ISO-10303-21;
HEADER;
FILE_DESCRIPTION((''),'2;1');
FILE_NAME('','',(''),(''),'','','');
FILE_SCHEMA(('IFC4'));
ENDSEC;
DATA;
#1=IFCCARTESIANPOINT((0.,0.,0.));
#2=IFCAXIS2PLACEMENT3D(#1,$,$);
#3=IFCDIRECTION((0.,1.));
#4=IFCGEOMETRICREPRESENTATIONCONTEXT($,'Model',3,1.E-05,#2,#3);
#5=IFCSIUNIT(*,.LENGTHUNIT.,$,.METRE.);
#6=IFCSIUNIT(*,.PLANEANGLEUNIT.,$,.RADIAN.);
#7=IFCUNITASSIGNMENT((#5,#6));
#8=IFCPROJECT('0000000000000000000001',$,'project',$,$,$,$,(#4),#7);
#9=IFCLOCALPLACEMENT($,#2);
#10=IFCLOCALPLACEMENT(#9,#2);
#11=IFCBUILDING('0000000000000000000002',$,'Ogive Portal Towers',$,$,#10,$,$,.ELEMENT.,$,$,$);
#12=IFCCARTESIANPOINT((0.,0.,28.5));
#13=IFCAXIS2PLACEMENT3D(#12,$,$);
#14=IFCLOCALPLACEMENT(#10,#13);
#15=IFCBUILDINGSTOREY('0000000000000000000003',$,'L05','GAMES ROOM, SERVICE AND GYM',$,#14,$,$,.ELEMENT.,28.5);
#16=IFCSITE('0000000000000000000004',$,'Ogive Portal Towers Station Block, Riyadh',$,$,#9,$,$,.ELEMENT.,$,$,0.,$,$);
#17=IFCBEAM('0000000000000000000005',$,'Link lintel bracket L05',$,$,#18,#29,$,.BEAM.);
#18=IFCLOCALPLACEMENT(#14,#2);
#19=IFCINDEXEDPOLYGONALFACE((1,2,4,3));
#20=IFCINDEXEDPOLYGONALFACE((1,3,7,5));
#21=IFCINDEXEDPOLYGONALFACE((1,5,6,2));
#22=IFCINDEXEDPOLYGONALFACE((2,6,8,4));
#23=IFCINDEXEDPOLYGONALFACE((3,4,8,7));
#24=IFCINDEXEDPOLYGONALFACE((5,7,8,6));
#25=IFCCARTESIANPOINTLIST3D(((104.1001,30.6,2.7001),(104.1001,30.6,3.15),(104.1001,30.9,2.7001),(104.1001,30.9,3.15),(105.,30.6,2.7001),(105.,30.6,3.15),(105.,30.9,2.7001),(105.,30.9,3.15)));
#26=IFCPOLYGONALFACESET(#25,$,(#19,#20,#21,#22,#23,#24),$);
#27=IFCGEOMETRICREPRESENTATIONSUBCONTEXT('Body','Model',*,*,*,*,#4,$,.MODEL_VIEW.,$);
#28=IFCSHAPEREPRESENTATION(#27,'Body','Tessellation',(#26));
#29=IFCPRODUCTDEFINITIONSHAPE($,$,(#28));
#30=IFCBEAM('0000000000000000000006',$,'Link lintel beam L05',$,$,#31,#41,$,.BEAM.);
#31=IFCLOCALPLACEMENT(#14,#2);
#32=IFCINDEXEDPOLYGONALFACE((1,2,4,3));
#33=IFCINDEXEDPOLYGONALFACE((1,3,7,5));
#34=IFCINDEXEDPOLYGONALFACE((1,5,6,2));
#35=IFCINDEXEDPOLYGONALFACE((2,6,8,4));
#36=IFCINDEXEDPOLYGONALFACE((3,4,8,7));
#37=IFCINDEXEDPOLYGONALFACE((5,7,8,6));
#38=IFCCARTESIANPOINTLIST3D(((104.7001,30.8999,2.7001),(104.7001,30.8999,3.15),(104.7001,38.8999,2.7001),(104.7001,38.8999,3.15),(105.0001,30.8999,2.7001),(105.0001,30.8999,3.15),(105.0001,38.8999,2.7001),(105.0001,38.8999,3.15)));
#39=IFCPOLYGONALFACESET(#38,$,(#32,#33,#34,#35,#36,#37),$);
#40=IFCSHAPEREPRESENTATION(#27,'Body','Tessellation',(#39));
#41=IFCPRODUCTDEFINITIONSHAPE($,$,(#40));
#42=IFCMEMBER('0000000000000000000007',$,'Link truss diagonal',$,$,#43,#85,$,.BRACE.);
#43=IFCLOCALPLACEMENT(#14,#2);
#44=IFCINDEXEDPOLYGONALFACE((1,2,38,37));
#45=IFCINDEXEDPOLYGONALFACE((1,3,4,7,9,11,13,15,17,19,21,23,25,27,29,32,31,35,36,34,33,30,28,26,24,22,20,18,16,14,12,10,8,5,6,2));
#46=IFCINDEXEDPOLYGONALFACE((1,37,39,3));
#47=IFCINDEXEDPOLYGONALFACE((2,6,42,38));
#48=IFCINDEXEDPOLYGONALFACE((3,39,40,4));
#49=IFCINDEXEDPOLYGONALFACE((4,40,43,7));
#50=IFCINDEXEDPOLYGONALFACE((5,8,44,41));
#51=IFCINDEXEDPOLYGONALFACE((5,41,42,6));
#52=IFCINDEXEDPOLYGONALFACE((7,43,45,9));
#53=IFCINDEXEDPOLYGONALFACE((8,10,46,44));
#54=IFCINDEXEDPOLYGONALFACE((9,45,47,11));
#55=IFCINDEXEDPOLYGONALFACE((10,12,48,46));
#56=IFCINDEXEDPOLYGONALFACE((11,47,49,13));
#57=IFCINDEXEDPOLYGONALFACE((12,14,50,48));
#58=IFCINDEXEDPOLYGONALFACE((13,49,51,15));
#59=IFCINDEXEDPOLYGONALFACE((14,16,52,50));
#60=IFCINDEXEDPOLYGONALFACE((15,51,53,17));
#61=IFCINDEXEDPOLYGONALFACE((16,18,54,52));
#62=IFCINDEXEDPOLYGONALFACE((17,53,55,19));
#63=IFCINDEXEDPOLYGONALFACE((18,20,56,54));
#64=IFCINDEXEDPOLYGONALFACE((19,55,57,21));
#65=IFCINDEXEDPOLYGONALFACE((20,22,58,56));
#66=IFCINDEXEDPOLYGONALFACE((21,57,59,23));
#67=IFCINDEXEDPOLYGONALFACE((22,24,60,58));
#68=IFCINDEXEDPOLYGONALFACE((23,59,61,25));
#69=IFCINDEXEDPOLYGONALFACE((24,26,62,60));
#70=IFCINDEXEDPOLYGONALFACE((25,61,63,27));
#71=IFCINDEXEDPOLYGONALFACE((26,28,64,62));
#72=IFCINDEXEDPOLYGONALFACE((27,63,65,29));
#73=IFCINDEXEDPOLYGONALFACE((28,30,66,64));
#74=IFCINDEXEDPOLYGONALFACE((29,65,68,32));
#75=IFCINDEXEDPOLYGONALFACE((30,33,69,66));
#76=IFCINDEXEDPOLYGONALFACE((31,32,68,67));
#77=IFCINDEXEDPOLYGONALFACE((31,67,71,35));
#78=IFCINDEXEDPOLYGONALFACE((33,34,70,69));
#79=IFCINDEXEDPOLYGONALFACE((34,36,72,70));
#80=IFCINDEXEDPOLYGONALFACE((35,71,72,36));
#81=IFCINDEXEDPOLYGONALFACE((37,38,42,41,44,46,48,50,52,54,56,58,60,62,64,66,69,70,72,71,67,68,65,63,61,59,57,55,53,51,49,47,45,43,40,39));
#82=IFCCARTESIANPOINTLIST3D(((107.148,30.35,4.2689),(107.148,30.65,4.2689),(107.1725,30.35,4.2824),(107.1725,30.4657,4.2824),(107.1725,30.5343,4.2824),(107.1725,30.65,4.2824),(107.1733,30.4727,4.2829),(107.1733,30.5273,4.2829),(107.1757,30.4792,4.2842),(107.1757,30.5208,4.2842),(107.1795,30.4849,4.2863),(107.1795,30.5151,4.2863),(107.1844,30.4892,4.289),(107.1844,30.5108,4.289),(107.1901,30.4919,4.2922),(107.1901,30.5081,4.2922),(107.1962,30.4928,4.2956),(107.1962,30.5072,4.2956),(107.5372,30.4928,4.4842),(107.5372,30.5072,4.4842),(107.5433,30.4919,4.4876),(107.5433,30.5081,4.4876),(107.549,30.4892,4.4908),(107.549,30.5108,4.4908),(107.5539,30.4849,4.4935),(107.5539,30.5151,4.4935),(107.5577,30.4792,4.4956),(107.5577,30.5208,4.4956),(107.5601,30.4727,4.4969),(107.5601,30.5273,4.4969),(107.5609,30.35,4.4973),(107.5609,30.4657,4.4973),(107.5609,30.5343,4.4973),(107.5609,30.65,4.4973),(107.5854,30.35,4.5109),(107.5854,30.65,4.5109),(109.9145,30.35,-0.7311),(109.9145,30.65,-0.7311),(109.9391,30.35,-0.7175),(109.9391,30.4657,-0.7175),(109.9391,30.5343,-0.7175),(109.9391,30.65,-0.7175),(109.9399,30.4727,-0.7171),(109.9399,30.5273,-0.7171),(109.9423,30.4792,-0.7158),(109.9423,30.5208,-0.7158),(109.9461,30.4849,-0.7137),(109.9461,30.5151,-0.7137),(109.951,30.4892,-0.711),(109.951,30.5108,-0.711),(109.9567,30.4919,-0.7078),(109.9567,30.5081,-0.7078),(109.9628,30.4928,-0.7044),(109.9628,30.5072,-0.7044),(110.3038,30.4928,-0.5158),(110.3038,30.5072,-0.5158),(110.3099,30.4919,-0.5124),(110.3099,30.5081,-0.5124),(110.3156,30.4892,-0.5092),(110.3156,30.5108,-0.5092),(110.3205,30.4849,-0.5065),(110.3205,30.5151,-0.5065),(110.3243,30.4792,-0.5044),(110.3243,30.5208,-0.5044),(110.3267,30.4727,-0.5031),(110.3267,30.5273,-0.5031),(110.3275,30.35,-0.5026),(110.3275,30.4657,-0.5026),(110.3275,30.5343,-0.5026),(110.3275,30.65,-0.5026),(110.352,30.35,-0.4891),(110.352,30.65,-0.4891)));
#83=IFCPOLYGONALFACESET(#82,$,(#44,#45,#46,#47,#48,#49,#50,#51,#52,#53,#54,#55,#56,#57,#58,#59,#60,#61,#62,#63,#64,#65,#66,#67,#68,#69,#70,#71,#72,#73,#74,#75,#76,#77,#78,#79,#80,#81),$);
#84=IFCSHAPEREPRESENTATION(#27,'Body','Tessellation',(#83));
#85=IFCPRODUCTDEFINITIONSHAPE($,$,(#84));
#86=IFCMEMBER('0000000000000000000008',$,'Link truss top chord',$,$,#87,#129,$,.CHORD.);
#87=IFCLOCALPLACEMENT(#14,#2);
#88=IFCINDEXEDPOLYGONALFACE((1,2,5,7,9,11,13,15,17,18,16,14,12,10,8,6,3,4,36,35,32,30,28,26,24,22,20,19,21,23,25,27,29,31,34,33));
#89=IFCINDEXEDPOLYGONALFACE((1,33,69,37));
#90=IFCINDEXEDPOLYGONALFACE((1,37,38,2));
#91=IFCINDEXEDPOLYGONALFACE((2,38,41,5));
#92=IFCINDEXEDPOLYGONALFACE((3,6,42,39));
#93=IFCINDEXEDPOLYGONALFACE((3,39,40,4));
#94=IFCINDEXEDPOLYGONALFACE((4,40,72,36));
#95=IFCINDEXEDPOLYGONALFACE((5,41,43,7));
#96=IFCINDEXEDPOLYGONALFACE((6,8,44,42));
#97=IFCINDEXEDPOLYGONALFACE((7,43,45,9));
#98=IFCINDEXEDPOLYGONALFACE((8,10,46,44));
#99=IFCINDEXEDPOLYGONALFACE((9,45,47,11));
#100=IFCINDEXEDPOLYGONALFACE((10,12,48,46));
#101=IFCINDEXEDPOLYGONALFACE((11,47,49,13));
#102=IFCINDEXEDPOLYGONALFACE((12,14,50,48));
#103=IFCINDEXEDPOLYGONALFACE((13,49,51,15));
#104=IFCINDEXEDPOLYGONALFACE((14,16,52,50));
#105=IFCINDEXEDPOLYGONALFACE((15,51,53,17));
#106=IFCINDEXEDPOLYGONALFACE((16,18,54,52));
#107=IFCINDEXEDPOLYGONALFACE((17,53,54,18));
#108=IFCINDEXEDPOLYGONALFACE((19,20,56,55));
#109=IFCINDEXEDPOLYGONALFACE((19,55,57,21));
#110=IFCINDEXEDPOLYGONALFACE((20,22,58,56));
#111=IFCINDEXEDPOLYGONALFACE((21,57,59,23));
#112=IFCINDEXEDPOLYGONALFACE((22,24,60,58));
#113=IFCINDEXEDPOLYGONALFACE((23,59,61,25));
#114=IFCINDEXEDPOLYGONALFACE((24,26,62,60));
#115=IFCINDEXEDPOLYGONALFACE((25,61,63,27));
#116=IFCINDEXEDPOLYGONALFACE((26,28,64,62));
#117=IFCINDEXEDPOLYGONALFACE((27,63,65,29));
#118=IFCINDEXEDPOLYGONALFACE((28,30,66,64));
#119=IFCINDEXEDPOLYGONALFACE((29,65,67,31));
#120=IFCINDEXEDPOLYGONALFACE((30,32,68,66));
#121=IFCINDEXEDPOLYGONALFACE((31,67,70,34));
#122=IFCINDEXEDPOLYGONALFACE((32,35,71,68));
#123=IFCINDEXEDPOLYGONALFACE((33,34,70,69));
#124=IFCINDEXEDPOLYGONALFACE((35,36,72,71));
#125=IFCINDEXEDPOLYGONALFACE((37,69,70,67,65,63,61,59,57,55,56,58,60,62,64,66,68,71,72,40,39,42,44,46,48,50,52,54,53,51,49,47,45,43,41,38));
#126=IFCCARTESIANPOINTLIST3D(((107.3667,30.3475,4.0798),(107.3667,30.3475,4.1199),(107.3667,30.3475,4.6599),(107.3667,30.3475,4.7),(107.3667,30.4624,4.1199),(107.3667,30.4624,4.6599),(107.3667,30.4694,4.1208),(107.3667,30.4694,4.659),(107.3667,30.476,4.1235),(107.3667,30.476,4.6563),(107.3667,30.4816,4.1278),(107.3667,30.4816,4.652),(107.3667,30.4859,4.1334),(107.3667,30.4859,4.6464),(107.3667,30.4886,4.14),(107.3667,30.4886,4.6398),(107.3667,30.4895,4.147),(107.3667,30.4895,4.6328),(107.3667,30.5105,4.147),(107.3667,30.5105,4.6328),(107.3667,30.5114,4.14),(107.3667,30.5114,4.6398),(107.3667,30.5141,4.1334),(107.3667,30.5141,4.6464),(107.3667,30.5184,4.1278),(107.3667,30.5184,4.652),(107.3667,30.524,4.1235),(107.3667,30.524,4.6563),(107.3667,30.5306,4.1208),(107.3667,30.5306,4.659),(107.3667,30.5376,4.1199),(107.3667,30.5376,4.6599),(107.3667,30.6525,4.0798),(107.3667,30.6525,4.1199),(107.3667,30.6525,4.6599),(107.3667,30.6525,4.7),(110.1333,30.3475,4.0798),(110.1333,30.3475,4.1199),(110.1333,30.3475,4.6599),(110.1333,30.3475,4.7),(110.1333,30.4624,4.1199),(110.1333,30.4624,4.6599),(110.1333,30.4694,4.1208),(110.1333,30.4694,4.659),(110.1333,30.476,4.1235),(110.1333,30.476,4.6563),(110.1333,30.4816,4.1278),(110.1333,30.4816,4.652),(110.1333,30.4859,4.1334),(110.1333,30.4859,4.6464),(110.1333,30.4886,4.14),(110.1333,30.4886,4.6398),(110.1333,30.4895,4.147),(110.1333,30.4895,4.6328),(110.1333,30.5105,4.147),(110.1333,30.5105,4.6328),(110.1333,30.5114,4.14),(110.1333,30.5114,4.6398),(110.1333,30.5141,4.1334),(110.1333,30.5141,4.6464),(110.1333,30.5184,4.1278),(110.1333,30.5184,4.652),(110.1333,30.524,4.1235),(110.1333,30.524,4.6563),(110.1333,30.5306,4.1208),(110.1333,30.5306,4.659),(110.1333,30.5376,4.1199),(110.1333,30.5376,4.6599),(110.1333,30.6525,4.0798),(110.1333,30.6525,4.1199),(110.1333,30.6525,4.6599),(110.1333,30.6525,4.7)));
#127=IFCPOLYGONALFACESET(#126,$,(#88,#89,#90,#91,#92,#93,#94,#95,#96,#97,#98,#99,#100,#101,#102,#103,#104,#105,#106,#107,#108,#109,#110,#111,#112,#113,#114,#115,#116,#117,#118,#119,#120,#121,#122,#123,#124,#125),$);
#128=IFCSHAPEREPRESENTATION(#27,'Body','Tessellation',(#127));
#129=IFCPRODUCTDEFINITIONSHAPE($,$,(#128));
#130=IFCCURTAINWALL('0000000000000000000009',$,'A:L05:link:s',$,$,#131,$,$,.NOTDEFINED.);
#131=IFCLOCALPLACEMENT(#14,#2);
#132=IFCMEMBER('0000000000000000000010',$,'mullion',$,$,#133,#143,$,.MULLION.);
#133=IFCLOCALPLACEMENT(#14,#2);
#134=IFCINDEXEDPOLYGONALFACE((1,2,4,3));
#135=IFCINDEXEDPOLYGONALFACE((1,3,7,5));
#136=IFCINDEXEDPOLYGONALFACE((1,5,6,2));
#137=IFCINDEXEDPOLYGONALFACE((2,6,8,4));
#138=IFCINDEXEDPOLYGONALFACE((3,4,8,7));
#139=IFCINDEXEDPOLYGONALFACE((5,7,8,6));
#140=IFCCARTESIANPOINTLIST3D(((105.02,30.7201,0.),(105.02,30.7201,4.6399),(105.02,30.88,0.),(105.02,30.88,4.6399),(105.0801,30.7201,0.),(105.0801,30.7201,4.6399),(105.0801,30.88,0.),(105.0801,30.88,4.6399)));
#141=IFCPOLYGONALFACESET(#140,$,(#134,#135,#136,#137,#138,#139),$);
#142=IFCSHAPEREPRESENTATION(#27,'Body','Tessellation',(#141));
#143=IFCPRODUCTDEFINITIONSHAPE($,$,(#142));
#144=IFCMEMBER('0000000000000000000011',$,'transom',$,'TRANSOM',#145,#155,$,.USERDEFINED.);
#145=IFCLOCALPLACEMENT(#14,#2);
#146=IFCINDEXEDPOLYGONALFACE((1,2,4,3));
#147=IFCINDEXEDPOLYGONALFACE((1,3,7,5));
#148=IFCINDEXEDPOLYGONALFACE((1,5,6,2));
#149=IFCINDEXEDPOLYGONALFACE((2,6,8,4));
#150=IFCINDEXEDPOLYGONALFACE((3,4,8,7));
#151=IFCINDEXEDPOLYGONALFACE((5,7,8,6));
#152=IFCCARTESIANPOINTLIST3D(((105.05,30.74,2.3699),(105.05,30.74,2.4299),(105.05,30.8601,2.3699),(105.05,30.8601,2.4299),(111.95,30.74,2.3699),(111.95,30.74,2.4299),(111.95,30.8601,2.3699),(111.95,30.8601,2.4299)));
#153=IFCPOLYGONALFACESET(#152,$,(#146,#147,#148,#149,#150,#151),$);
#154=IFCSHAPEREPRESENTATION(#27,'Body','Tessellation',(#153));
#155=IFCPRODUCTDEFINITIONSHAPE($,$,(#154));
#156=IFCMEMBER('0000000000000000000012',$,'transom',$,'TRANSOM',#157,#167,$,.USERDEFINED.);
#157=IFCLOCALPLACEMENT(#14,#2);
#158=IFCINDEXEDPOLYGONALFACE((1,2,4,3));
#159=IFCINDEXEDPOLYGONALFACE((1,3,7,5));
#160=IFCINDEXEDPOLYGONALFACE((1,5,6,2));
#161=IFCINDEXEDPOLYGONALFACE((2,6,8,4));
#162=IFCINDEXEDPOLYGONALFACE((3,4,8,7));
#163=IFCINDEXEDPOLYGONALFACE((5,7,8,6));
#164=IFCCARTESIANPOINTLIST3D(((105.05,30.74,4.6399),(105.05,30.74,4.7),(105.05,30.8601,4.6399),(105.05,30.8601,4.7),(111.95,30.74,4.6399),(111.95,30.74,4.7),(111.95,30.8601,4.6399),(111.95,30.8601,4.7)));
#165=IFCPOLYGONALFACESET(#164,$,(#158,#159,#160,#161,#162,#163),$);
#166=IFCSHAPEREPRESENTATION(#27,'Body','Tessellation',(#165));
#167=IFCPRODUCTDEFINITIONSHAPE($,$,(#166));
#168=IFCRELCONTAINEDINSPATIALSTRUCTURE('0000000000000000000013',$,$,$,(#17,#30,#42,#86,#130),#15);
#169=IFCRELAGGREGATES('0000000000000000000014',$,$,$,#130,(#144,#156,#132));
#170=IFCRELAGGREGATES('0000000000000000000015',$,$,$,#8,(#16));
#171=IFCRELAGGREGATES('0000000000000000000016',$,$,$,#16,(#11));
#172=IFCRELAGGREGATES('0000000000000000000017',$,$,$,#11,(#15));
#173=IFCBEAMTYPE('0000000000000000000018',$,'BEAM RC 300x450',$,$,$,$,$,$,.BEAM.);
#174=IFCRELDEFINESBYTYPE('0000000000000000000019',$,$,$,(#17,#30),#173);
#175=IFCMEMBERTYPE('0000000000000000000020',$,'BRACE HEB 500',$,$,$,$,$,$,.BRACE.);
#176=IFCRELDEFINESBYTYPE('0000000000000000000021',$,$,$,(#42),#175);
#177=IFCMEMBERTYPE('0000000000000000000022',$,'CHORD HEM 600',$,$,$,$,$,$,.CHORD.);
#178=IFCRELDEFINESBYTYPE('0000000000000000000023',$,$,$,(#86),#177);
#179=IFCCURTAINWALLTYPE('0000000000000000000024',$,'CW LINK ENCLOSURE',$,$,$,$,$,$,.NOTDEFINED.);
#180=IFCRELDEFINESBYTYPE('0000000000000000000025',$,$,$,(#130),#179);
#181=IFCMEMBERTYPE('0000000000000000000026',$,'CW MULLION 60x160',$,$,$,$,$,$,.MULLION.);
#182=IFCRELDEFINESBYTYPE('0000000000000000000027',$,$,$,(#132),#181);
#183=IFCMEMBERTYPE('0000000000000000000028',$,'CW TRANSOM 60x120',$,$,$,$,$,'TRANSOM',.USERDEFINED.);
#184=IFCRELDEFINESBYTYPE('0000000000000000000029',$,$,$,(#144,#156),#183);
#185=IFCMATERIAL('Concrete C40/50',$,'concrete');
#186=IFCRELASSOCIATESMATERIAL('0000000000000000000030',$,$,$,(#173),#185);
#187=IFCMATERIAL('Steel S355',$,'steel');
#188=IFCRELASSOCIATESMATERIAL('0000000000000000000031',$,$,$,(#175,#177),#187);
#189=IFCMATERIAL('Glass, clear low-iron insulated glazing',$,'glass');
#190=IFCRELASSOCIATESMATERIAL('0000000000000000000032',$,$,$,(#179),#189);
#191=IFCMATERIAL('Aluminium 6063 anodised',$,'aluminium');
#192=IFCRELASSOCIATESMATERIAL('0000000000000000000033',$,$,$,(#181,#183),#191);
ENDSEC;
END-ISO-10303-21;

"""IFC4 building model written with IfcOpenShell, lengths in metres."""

from ifc_helpers import new_model, si_unit, direction, frame, origin, origin_2d, place, context, subcontext, project, spatial, rectangle, i_section, extrude, material, material_profile, profile_set, type_object, element, aggregate, save


model = new_model("IFC4")

# Units and contexts
model_context = context("Model", 3, precision=1e-05, world=origin(), true_north=direction((0.0, 1.0)))
body_context = subcontext(model_context, "Body", "Model", "MODEL_VIEW")
ifc_project = project(units=[si_unit("LENGTHUNIT", "METRE"), si_unit("PLANEANGLEUNIT", "RADIAN")], contexts=[model_context])

# Site, building, storey
site_placement = place(None, origin())
site = spatial("IfcSite", under=ifc_project, at=site_placement, Name="Ogive Portal Towers Station Block, Riyadh", CompositionType="ELEMENT", RefElevation=0.0)
building_placement = place(site_placement, origin())
building = spatial("IfcBuilding", under=site, at=building_placement, Name="Ogive Portal Towers", CompositionType="ELEMENT")
storey_placement = place(building_placement, frame((0.0, 0.0, 28.5)))
storey = spatial("IfcBuildingStorey", under=building, at=storey_placement, Name="L05", Description="GAMES ROOM, SERVICE AND GYM", CompositionType="ELEMENT", Elevation=28.5)

# Beams
ifc_material_1 = material(Name="Concrete C40/50", Category="concrete")
ifc_material_profile_1 = material_profile(ifc_material_1, rectangle(XDim=0.3, YDim=0.45, at=origin_2d()), Name="RC 300x450")
ifc_profile_set_1 = profile_set([ifc_material_profile_1], Name="Concrete C40/50")
beam_type = type_object("IfcBeamType", Name="BEAM RC 300x450", PredefinedType="BEAM", material=ifc_profile_set_1)
beam_1_placement = place(storey_placement, frame((104.1001, 30.75, 2.925), z_axis=(1.0, 0.0, 0.0), x_axis=(0.0, 1.0, 0.0)))
element("IfcBeam", 1, at=beam_1_placement, inside=storey, type_object=beam_type, Name="Link lintel bracket L05", PredefinedType="BEAM", context=body_context, shape_type="SweptSolid", body=[
    extrude(rectangle(XDim=0.3, YDim=0.45, at=origin_2d()), origin(), (0.0, 0.0, 1.0), 0.8999),
])
beam_2_placement = place(storey_placement, frame((104.8501, 30.8999, 2.925), z_axis=(0.0, 1.0, 0.0), x_axis=(-1.0, 0.0, 0.0)))
element("IfcBeam", 2, at=beam_2_placement, inside=storey, type_object=beam_type, Name="Link lintel beam L05", PredefinedType="BEAM", context=body_context, shape_type="SweptSolid", body=[
    extrude(rectangle(XDim=0.3, YDim=0.45, at=origin_2d()), origin(), (0.0, 0.0, 1.0), 8.0),
])

# Members
ifc_material_2 = material(Name="Steel S355", Category="steel")
ifc_material_profile_2 = material_profile(ifc_material_2, i_section(OverallWidth=0.3, OverallDepth=0.5, WebThickness=0.0144, FlangeThickness=0.0281, FilletRadius=0.0271, at=origin_2d()), Name="HEB 500")
ifc_profile_set_2 = profile_set([ifc_material_profile_2], Name="Steel S355")
member_type_1 = type_object("IfcMemberType", Name="BRACE HEB 500", PredefinedType="BRACE", material=ifc_profile_set_2)
member_1_placement = place(storey_placement, frame((107.3667, 30.5, 4.3899), z_axis=(0.484148, 0.0, -0.874986), x_axis=(0.0, 1.0, 0.0)))
element("IfcMember", 3, at=member_1_placement, inside=storey, type_object=member_type_1, Name="Link truss diagonal", PredefinedType="BRACE", context=body_context, shape_type="SweptSolid", body=[
    extrude(i_section(OverallWidth=0.3, OverallDepth=0.5, WebThickness=0.0144, FlangeThickness=0.0281, FilletRadius=0.0271, at=origin_2d()), origin(), (0.0, 0.0, 1.0), 5.7144),
])
ifc_material_profile_3 = material_profile(ifc_material_2, i_section(OverallWidth=0.3049, OverallDepth=0.6201, WebThickness=0.021, FlangeThickness=0.04, FilletRadius=0.0271, at=origin_2d()), Name="HEM 600")
ifc_profile_set_3 = profile_set([ifc_material_profile_3], Name="Steel S355")
member_type_2 = type_object("IfcMemberType", Name="CHORD HEM 600", PredefinedType="CHORD", material=ifc_profile_set_3)
member_2_placement = place(storey_placement, frame((107.3667, 30.5, 4.3899), z_axis=(1.0, 0.0, 0.0), x_axis=(0.0, 1.0, 0.0)))
element("IfcMember", 4, at=member_2_placement, inside=storey, type_object=member_type_2, Name="Link truss top chord", PredefinedType="CHORD", context=body_context, shape_type="SweptSolid", body=[
    extrude(i_section(OverallWidth=0.3049, OverallDepth=0.6201, WebThickness=0.021, FlangeThickness=0.04, FilletRadius=0.0271, at=origin_2d()), origin(), (0.0, 0.0, 1.0), 2.7666),
])

# Curtain wall, members
ifc_material_3 = material(Name="Glass, clear low-iron insulated glazing", Category="glass")
curtain_wall_type = type_object("IfcCurtainWallType", Name="CW LINK ENCLOSURE", PredefinedType="NOTDEFINED", material=ifc_material_3)
curtain_wall_placement = place(storey_placement, origin())
curtain_wall = element("IfcCurtainWall", 5, at=curtain_wall_placement, inside=storey, type_object=curtain_wall_type, Name="A:L05:link:s", PredefinedType="NOTDEFINED")
ifc_material_4 = material(Name="Aluminium 6063 anodised", Category="aluminium")
ifc_material_profile_4 = material_profile(ifc_material_4, rectangle(XDim=0.1599, YDim=0.0601, at=origin_2d()), Name="AL 60x160")
ifc_profile_set_4 = profile_set([ifc_material_profile_4], Name="Aluminium 6063 anodised")
member_type_3 = type_object("IfcMemberType", Name="CW MULLION 60x160", PredefinedType="MULLION", material=ifc_profile_set_4)
member_3_placement = place(storey_placement, frame((105.05, 30.8, 0.0), z_axis=(0.0, 0.0, 1.0), x_axis=(0.0, 1.0, 0.0)))
member_3 = element("IfcMember", 6, at=member_3_placement, type_object=member_type_3, Name="mullion", PredefinedType="MULLION", context=body_context, shape_type="SweptSolid", body=[
    extrude(rectangle(XDim=0.1599, YDim=0.0601, at=origin_2d()), origin(), (0.0, 0.0, 1.0), 4.6399),
])
ifc_material_profile_5 = material_profile(ifc_material_4, rectangle(XDim=0.1201, YDim=0.0601, at=origin_2d()), Name="AL 120x60")
ifc_profile_set_5 = profile_set([ifc_material_profile_5], Name="Aluminium 6063 anodised")
member_type_4 = type_object("IfcMemberType", Name="CW TRANSOM 60x120", ElementType="TRANSOM", PredefinedType="USERDEFINED", material=ifc_profile_set_5)
member_4_placement = place(storey_placement, frame((105.05, 30.8, 2.3999), z_axis=(1.0, 0.0, 0.0), x_axis=(0.0, 1.0, 0.0)))
member_4 = element("IfcMember", 7, at=member_4_placement, type_object=member_type_4, Name="transom", ObjectType="TRANSOM", PredefinedType="USERDEFINED", context=body_context, shape_type="SweptSolid", body=[
    extrude(rectangle(XDim=0.1201, YDim=0.0601, at=origin_2d()), origin(), (0.0, 0.0, 1.0), 6.8999),
])
member_5_placement = place(storey_placement, frame((105.05, 30.8, 4.6699), z_axis=(1.0, 0.0, 0.0), x_axis=(0.0, 1.0, 0.0)))
member_5 = element("IfcMember", 8, at=member_5_placement, type_object=member_type_4, Name="transom", ObjectType="TRANSOM", PredefinedType="USERDEFINED", context=body_context, shape_type="SweptSolid", body=[
    extrude(rectangle(XDim=0.1201, YDim=0.0601, at=origin_2d()), origin(), (0.0, 0.0, 1.0), 6.8999),
])

aggregate(curtain_wall, [member_4, member_5, member_3])

save(model, "model.ifc")
